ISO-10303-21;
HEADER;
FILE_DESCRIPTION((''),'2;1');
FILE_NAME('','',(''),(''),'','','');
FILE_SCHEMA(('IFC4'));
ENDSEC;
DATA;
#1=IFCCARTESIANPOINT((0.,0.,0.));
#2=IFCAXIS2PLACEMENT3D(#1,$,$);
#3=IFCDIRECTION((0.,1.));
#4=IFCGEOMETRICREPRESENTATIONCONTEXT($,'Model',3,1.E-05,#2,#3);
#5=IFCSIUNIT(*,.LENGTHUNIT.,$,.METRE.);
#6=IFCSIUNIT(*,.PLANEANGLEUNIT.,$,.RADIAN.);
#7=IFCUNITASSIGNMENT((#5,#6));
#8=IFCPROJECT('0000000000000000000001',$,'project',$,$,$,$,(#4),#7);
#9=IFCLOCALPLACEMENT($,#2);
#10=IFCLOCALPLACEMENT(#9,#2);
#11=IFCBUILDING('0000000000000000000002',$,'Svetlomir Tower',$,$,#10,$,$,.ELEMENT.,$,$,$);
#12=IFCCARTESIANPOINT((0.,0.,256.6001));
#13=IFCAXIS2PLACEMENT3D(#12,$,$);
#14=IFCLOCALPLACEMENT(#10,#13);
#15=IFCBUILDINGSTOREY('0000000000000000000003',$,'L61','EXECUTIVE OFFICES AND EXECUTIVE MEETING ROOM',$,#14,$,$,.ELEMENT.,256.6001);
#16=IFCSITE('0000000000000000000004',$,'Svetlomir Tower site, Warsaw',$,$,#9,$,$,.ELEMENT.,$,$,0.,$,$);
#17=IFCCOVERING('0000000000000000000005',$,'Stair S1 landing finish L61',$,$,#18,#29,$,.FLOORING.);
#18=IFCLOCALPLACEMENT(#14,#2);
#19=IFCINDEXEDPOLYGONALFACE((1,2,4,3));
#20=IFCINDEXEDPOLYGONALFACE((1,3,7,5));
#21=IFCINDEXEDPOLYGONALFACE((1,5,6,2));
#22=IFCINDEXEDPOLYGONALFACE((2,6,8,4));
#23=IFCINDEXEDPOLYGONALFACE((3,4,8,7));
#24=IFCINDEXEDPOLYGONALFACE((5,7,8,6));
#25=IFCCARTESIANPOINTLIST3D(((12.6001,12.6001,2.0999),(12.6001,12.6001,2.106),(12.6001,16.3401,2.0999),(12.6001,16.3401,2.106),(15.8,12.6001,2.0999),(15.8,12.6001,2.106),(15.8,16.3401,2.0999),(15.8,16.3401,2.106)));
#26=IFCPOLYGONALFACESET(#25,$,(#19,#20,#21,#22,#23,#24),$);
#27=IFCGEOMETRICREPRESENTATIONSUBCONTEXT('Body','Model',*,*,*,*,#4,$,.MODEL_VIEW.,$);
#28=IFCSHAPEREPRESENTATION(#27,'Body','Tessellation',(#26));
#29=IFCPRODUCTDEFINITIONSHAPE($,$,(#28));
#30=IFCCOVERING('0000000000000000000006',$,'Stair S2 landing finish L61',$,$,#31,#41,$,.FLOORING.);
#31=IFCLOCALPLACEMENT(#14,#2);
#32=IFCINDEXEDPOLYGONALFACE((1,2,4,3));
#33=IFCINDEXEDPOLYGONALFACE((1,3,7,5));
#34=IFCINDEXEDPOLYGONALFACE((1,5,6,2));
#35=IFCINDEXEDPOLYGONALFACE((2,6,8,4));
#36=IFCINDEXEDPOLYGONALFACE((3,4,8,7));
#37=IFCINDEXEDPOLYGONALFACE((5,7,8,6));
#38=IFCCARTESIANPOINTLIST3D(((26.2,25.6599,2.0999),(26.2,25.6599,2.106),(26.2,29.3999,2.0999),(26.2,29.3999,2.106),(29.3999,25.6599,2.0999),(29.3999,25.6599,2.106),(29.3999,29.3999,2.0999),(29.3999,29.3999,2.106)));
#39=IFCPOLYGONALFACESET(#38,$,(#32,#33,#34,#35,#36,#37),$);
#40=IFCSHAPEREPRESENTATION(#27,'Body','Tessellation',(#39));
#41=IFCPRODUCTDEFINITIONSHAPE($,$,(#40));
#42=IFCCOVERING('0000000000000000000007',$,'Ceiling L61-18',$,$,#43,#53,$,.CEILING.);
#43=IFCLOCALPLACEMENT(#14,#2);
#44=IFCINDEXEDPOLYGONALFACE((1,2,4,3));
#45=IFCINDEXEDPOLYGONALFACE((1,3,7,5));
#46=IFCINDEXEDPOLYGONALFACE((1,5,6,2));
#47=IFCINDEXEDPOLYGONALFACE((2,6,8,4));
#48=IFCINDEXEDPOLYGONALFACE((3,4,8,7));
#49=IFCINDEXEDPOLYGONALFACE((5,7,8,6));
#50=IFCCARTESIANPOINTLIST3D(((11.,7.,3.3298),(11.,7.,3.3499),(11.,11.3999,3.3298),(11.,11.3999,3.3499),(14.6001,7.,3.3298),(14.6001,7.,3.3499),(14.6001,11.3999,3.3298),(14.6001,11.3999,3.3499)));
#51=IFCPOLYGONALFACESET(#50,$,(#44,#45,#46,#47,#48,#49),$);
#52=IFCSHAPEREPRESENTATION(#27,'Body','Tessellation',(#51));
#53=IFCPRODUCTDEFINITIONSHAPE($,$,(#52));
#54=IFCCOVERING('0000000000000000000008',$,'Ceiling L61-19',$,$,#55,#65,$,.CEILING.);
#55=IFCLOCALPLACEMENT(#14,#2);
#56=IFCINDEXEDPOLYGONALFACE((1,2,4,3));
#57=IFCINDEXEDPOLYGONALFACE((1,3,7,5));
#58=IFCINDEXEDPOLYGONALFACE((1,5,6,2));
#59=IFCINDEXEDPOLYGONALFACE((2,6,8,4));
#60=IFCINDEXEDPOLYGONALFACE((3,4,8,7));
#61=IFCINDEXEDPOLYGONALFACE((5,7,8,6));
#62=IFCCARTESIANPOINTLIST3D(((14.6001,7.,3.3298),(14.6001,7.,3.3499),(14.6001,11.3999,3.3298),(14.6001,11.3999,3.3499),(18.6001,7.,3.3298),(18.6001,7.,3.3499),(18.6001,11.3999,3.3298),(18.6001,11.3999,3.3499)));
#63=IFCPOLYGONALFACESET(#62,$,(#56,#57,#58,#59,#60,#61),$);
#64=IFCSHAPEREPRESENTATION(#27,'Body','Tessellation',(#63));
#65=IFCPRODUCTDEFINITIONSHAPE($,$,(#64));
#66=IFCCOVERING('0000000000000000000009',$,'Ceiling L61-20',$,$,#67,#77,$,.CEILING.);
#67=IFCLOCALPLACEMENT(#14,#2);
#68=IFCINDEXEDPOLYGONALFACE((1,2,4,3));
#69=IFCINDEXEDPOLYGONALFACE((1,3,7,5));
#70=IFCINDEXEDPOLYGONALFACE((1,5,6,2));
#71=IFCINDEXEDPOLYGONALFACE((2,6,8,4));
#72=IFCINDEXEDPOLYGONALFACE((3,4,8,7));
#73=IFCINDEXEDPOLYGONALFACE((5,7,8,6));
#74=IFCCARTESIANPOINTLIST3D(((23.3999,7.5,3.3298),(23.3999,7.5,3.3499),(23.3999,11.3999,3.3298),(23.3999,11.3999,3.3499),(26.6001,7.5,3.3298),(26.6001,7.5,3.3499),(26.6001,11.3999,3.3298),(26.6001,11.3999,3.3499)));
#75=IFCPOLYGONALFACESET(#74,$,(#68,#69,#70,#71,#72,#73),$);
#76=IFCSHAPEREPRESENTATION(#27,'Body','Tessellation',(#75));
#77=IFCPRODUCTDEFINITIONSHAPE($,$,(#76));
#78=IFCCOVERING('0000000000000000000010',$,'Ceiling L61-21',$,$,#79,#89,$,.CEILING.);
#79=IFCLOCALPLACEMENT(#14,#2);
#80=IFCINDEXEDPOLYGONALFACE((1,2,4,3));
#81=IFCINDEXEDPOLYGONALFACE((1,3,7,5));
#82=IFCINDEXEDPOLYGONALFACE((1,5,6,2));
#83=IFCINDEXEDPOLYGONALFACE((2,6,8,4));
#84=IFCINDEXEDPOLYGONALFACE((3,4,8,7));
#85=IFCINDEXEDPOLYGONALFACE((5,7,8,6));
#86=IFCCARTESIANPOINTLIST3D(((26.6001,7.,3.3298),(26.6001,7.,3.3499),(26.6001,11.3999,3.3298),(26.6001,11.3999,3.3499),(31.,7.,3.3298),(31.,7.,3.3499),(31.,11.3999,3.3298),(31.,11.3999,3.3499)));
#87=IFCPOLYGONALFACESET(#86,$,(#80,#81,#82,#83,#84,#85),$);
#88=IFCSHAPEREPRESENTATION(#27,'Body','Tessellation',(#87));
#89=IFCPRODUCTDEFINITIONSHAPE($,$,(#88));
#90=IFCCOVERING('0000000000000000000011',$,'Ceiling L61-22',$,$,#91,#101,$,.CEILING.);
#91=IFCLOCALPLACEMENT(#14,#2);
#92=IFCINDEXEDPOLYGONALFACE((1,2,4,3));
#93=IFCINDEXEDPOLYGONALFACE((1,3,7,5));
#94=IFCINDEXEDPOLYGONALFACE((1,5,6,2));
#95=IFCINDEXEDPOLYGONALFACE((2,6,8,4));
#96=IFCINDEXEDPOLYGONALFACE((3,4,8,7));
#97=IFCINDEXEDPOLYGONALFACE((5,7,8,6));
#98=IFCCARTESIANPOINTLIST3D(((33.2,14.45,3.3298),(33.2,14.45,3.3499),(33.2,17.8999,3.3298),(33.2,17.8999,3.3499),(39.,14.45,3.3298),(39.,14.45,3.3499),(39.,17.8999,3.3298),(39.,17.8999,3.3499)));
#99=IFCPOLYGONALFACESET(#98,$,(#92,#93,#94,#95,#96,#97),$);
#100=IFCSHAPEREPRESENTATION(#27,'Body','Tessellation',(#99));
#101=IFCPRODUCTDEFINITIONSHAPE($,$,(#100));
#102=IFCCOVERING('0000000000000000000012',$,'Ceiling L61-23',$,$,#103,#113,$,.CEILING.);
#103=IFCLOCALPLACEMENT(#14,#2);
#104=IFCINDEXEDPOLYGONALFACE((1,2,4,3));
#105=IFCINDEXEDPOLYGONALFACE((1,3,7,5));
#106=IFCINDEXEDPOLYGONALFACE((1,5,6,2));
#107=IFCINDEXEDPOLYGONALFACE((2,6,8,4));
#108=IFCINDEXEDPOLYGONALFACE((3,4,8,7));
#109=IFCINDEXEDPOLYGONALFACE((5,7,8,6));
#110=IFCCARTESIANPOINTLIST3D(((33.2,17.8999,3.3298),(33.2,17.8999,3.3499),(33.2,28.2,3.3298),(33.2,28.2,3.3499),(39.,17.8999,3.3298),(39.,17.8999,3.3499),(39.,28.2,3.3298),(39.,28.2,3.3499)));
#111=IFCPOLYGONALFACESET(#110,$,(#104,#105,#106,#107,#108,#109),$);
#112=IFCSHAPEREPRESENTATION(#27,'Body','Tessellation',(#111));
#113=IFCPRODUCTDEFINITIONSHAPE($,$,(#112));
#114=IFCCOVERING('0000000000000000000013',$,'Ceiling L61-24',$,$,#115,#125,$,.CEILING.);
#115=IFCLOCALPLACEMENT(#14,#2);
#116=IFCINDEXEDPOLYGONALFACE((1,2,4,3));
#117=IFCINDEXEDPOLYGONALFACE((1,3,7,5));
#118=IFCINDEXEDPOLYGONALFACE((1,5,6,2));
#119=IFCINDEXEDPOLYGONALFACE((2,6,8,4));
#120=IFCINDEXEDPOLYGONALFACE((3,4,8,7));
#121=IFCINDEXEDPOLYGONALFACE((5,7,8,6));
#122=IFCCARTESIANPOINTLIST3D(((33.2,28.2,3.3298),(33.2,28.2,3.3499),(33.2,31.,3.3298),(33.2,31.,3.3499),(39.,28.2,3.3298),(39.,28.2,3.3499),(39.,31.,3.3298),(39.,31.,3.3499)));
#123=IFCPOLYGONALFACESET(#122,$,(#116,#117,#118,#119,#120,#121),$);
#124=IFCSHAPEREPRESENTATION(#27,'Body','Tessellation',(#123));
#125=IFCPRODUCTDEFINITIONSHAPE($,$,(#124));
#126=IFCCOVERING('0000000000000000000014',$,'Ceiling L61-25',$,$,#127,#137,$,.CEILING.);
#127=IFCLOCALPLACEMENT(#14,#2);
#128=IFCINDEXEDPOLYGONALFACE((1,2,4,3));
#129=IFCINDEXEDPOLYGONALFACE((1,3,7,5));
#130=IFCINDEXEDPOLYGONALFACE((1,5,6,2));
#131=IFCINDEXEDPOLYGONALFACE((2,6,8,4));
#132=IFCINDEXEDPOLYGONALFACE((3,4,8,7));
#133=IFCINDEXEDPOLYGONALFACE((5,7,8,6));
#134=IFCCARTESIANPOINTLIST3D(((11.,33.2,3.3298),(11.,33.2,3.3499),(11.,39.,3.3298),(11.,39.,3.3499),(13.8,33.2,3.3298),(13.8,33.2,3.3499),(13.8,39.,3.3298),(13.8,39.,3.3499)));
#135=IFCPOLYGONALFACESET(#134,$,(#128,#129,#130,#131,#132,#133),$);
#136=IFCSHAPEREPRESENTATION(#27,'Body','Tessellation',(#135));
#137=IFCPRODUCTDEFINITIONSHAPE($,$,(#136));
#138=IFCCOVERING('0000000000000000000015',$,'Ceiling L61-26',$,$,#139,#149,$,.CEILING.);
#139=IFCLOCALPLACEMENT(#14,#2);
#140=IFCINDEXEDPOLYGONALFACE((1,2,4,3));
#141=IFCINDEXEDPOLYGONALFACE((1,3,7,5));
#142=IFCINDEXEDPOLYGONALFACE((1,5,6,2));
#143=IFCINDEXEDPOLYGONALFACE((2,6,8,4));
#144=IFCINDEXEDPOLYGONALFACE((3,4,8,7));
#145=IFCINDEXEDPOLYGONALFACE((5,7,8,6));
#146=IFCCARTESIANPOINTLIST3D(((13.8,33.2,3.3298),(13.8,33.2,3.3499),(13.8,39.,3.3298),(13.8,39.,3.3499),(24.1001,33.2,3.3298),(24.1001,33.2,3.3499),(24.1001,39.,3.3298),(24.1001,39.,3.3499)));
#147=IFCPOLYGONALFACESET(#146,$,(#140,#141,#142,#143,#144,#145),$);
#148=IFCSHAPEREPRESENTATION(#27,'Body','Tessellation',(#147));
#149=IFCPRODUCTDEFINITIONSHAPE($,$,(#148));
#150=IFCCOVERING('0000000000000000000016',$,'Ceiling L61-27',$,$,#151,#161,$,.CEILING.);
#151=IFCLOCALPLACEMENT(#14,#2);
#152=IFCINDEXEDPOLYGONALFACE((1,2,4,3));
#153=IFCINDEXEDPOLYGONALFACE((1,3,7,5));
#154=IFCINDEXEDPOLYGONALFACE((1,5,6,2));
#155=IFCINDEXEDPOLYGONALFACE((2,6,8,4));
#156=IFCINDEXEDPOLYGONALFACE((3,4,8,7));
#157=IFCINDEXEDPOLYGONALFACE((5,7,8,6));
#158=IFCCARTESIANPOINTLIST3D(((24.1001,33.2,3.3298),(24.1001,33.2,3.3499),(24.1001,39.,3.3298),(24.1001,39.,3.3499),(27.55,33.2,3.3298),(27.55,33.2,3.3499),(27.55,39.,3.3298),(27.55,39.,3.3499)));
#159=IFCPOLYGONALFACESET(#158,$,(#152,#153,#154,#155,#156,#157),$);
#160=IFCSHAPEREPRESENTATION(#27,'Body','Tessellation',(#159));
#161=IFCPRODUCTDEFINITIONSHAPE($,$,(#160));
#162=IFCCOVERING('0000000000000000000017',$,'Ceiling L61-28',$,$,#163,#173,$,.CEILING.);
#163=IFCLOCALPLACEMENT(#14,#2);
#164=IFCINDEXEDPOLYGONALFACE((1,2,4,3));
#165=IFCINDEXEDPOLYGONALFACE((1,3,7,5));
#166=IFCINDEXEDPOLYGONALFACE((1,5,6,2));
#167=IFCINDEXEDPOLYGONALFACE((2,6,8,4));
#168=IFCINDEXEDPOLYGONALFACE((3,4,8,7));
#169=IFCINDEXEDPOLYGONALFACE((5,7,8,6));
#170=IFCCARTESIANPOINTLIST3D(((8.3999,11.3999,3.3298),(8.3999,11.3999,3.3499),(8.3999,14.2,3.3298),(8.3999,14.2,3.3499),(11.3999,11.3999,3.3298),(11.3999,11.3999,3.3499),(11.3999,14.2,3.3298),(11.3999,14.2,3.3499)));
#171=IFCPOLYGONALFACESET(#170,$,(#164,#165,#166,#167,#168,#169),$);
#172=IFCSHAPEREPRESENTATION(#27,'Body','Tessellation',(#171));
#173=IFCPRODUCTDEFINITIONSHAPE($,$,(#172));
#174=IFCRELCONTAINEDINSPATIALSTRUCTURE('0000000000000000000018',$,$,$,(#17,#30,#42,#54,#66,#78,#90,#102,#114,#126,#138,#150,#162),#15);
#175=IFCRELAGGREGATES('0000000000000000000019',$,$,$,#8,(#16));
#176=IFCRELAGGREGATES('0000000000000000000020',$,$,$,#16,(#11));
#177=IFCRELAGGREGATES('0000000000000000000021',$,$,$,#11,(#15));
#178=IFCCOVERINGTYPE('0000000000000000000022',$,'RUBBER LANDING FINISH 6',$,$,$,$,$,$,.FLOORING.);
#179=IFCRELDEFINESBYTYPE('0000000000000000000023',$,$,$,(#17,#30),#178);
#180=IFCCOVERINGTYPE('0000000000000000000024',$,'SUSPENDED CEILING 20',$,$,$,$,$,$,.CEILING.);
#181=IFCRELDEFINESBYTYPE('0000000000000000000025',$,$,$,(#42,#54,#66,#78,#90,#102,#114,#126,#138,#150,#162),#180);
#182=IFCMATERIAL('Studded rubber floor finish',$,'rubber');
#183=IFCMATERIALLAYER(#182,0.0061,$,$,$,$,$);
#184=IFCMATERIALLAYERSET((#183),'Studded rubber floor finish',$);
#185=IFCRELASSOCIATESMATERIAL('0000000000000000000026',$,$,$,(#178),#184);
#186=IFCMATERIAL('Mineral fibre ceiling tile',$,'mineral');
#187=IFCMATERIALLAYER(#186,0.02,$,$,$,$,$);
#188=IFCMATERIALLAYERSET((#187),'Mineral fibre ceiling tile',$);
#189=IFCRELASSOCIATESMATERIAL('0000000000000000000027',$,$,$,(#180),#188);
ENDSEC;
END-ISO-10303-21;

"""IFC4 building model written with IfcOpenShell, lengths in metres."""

from ifc_helpers import new_model, si_unit, direction, frame, origin, place, context, subcontext, project, spatial, polyline, outline, extrude, material, layer, layer_set, type_object, element, save


model = new_model("IFC4")

# Units and contexts
model_context = context("Model", 3, precision=1e-05, world=origin(), true_north=direction((0.0, 1.0)))
body_context = subcontext(model_context, "Body", "Model", "MODEL_VIEW")
ifc_project = project(units=[si_unit("LENGTHUNIT", "METRE"), si_unit("PLANEANGLEUNIT", "RADIAN")], contexts=[model_context])

# Site, building, storey
site_placement = place(None, origin())
site = spatial("IfcSite", under=ifc_project, at=site_placement, Name="Svetlomir Tower site, Warsaw", CompositionType="ELEMENT", RefElevation=0.0)
building_placement = place(site_placement, origin())
building = spatial("IfcBuilding", under=site, at=building_placement, Name="Svetlomir Tower", CompositionType="ELEMENT")
storey_placement = place(building_placement, frame((0.0, 0.0, 256.6001)))
storey = spatial("IfcBuildingStorey", under=building, at=storey_placement, Name="L61", Description="EXECUTIVE OFFICES AND EXECUTIVE MEETING ROOM", CompositionType="ELEMENT", Elevation=256.6001)

# Coverings
ifc_material_1 = material(Name="Studded rubber floor finish", Category="rubber")
ifc_layer_1 = layer(ifc_material_1, 0.0061)
ifc_layer_set_1 = layer_set([ifc_layer_1], Name="Studded rubber floor finish")
covering_type_1 = type_object("IfcCoveringType", Name="RUBBER LANDING FINISH 6", PredefinedType="FLOORING", material=ifc_layer_set_1)
covering_1_placement = place(storey_placement, frame((0.0, 0.0, 2.0999)))
element("IfcCovering", 1, at=covering_1_placement, inside=storey, type_object=covering_type_1, Name="Stair S1 landing finish L61", PredefinedType="FLOORING", context=body_context, shape_type="SweptSolid", body=[
    extrude(outline(polyline([(12.6001, 12.6001), (15.8, 12.6001), (15.8, 16.3401), (12.6001, 16.3401), (12.6001, 12.6001)])), origin(), (0.0, 0.0, 1.0), 0.0061),
])
covering_2_placement = place(storey_placement, frame((0.0, 0.0, 2.0999)))
element("IfcCovering", 2, at=covering_2_placement, inside=storey, type_object=covering_type_1, Name="Stair S2 landing finish L61", PredefinedType="FLOORING", context=body_context, shape_type="SweptSolid", body=[
    extrude(outline(polyline([(26.2, 25.6599), (29.3999, 25.6599), (29.3999, 29.3999), (26.2, 29.3999), (26.2, 25.6599)])), origin(), (0.0, 0.0, 1.0), 0.0061),
])
ifc_material_2 = material(Name="Mineral fibre ceiling tile", Category="mineral")
ifc_layer_2 = layer(ifc_material_2, 0.02)
ifc_layer_set_2 = layer_set([ifc_layer_2], Name="Mineral fibre ceiling tile")
covering_type_2 = type_object("IfcCoveringType", Name="SUSPENDED CEILING 20", PredefinedType="CEILING", material=ifc_layer_set_2)
covering_3_placement = place(storey_placement, frame((0.0, 0.0, 3.3298)))
element("IfcCovering", 3, at=covering_3_placement, inside=storey, type_object=covering_type_2, Name="Ceiling L61-18", PredefinedType="CEILING", context=body_context, shape_type="SweptSolid", body=[
    extrude(outline(polyline([(11.0, 7.0), (14.6001, 7.0), (14.6001, 11.3999), (11.0, 11.3999), (11.0, 7.0)])), origin(), (0.0, 0.0, 1.0), 0.02),
])
covering_4_placement = place(storey_placement, frame((0.0, 0.0, 3.3298)))
element("IfcCovering", 4, at=covering_4_placement, inside=storey, type_object=covering_type_2, Name="Ceiling L61-19", PredefinedType="CEILING", context=body_context, shape_type="SweptSolid", body=[
    extrude(outline(polyline([(14.6001, 7.0), (18.6001, 7.0), (18.6001, 11.3999), (14.6001, 11.3999), (14.6001, 7.0)])), origin(), (0.0, 0.0, 1.0), 0.02),
])
covering_5_placement = place(storey_placement, frame((0.0, 0.0, 3.3298)))
element("IfcCovering", 5, at=covering_5_placement, inside=storey, type_object=covering_type_2, Name="Ceiling L61-20", PredefinedType="CEILING", context=body_context, shape_type="SweptSolid", body=[
    extrude(outline(polyline([(23.3999, 7.5), (26.6001, 7.5), (26.6001, 11.3999), (23.3999, 11.3999), (23.3999, 7.5)])), origin(), (0.0, 0.0, 1.0), 0.02),
])
covering_6_placement = place(storey_placement, frame((0.0, 0.0, 3.3298)))
element("IfcCovering", 6, at=covering_6_placement, inside=storey, type_object=covering_type_2, Name="Ceiling L61-21", PredefinedType="CEILING", context=body_context, shape_type="SweptSolid", body=[
    extrude(outline(polyline([(26.6001, 7.0), (31.0, 7.0), (31.0, 11.3999), (26.6001, 11.3999), (26.6001, 7.0)])), origin(), (0.0, 0.0, 1.0), 0.02),
])
covering_7_placement = place(storey_placement, frame((0.0, 0.0, 3.3298)))
element("IfcCovering", 7, at=covering_7_placement, inside=storey, type_object=covering_type_2, Name="Ceiling L61-22", PredefinedType="CEILING", context=body_context, shape_type="SweptSolid", body=[
    extrude(outline(polyline([(33.2, 14.45), (39.0, 14.45), (39.0, 17.8999), (33.2, 17.8999), (33.2, 14.45)])), origin(), (0.0, 0.0, 1.0), 0.02),
])
covering_8_placement = place(storey_placement, frame((0.0, 0.0, 3.3298)))
element("IfcCovering", 8, at=covering_8_placement, inside=storey, type_object=covering_type_2, Name="Ceiling L61-23", PredefinedType="CEILING", context=body_context, shape_type="SweptSolid", body=[
    extrude(outline(polyline([(33.2, 17.8999), (39.0, 17.8999), (39.0, 28.2), (33.2, 28.2), (33.2, 17.8999)])), origin(), (0.0, 0.0, 1.0), 0.02),
])
covering_9_placement = place(storey_placement, frame((0.0, 0.0, 3.3298)))
element("IfcCovering", 9, at=covering_9_placement, inside=storey, type_object=covering_type_2, Name="Ceiling L61-24", PredefinedType="CEILING", context=body_context, shape_type="SweptSolid", body=[
    extrude(outline(polyline([(33.2, 28.2), (39.0, 28.2), (39.0, 31.0), (33.2, 31.0), (33.2, 28.2)])), origin(), (0.0, 0.0, 1.0), 0.02),
])
covering_10_placement = place(storey_placement, frame((0.0, 0.0, 3.3298)))
element("IfcCovering", 10, at=covering_10_placement, inside=storey, type_object=covering_type_2, Name="Ceiling L61-25", PredefinedType="CEILING", context=body_context, shape_type="SweptSolid", body=[
    extrude(outline(polyline([(11.0, 33.2), (13.8, 33.2), (13.8, 39.0), (11.0, 39.0), (11.0, 33.2)])), origin(), (0.0, 0.0, 1.0), 0.02),
])
covering_11_placement = place(storey_placement, frame((0.0, 0.0, 3.3298)))
element("IfcCovering", 11, at=covering_11_placement, inside=storey, type_object=covering_type_2, Name="Ceiling L61-26", PredefinedType="CEILING", context=body_context, shape_type="SweptSolid", body=[
    extrude(outline(polyline([(13.8, 33.2), (24.1001, 33.2), (24.1001, 39.0), (13.8, 39.0), (13.8, 33.2)])), origin(), (0.0, 0.0, 1.0), 0.02),
])
covering_12_placement = place(storey_placement, frame((0.0, 0.0, 3.3298)))
element("IfcCovering", 12, at=covering_12_placement, inside=storey, type_object=covering_type_2, Name="Ceiling L61-27", PredefinedType="CEILING", context=body_context, shape_type="SweptSolid", body=[
    extrude(outline(polyline([(24.1001, 33.2), (27.55, 33.2), (27.55, 39.0), (24.1001, 39.0), (24.1001, 33.2)])), origin(), (0.0, 0.0, 1.0), 0.02),
])
covering_13_placement = place(storey_placement, frame((0.0, 0.0, 3.3298)))
element("IfcCovering", 13, at=covering_13_placement, inside=storey, type_object=covering_type_2, Name="Ceiling L61-28", PredefinedType="CEILING", context=body_context, shape_type="SweptSolid", body=[
    extrude(outline(polyline([(8.3999, 11.3999), (11.3999, 11.3999), (11.3999, 14.2), (8.3999, 14.2), (8.3999, 11.3999)])), origin(), (0.0, 0.0, 1.0), 0.02),
])

save(model, "model.ifc")
